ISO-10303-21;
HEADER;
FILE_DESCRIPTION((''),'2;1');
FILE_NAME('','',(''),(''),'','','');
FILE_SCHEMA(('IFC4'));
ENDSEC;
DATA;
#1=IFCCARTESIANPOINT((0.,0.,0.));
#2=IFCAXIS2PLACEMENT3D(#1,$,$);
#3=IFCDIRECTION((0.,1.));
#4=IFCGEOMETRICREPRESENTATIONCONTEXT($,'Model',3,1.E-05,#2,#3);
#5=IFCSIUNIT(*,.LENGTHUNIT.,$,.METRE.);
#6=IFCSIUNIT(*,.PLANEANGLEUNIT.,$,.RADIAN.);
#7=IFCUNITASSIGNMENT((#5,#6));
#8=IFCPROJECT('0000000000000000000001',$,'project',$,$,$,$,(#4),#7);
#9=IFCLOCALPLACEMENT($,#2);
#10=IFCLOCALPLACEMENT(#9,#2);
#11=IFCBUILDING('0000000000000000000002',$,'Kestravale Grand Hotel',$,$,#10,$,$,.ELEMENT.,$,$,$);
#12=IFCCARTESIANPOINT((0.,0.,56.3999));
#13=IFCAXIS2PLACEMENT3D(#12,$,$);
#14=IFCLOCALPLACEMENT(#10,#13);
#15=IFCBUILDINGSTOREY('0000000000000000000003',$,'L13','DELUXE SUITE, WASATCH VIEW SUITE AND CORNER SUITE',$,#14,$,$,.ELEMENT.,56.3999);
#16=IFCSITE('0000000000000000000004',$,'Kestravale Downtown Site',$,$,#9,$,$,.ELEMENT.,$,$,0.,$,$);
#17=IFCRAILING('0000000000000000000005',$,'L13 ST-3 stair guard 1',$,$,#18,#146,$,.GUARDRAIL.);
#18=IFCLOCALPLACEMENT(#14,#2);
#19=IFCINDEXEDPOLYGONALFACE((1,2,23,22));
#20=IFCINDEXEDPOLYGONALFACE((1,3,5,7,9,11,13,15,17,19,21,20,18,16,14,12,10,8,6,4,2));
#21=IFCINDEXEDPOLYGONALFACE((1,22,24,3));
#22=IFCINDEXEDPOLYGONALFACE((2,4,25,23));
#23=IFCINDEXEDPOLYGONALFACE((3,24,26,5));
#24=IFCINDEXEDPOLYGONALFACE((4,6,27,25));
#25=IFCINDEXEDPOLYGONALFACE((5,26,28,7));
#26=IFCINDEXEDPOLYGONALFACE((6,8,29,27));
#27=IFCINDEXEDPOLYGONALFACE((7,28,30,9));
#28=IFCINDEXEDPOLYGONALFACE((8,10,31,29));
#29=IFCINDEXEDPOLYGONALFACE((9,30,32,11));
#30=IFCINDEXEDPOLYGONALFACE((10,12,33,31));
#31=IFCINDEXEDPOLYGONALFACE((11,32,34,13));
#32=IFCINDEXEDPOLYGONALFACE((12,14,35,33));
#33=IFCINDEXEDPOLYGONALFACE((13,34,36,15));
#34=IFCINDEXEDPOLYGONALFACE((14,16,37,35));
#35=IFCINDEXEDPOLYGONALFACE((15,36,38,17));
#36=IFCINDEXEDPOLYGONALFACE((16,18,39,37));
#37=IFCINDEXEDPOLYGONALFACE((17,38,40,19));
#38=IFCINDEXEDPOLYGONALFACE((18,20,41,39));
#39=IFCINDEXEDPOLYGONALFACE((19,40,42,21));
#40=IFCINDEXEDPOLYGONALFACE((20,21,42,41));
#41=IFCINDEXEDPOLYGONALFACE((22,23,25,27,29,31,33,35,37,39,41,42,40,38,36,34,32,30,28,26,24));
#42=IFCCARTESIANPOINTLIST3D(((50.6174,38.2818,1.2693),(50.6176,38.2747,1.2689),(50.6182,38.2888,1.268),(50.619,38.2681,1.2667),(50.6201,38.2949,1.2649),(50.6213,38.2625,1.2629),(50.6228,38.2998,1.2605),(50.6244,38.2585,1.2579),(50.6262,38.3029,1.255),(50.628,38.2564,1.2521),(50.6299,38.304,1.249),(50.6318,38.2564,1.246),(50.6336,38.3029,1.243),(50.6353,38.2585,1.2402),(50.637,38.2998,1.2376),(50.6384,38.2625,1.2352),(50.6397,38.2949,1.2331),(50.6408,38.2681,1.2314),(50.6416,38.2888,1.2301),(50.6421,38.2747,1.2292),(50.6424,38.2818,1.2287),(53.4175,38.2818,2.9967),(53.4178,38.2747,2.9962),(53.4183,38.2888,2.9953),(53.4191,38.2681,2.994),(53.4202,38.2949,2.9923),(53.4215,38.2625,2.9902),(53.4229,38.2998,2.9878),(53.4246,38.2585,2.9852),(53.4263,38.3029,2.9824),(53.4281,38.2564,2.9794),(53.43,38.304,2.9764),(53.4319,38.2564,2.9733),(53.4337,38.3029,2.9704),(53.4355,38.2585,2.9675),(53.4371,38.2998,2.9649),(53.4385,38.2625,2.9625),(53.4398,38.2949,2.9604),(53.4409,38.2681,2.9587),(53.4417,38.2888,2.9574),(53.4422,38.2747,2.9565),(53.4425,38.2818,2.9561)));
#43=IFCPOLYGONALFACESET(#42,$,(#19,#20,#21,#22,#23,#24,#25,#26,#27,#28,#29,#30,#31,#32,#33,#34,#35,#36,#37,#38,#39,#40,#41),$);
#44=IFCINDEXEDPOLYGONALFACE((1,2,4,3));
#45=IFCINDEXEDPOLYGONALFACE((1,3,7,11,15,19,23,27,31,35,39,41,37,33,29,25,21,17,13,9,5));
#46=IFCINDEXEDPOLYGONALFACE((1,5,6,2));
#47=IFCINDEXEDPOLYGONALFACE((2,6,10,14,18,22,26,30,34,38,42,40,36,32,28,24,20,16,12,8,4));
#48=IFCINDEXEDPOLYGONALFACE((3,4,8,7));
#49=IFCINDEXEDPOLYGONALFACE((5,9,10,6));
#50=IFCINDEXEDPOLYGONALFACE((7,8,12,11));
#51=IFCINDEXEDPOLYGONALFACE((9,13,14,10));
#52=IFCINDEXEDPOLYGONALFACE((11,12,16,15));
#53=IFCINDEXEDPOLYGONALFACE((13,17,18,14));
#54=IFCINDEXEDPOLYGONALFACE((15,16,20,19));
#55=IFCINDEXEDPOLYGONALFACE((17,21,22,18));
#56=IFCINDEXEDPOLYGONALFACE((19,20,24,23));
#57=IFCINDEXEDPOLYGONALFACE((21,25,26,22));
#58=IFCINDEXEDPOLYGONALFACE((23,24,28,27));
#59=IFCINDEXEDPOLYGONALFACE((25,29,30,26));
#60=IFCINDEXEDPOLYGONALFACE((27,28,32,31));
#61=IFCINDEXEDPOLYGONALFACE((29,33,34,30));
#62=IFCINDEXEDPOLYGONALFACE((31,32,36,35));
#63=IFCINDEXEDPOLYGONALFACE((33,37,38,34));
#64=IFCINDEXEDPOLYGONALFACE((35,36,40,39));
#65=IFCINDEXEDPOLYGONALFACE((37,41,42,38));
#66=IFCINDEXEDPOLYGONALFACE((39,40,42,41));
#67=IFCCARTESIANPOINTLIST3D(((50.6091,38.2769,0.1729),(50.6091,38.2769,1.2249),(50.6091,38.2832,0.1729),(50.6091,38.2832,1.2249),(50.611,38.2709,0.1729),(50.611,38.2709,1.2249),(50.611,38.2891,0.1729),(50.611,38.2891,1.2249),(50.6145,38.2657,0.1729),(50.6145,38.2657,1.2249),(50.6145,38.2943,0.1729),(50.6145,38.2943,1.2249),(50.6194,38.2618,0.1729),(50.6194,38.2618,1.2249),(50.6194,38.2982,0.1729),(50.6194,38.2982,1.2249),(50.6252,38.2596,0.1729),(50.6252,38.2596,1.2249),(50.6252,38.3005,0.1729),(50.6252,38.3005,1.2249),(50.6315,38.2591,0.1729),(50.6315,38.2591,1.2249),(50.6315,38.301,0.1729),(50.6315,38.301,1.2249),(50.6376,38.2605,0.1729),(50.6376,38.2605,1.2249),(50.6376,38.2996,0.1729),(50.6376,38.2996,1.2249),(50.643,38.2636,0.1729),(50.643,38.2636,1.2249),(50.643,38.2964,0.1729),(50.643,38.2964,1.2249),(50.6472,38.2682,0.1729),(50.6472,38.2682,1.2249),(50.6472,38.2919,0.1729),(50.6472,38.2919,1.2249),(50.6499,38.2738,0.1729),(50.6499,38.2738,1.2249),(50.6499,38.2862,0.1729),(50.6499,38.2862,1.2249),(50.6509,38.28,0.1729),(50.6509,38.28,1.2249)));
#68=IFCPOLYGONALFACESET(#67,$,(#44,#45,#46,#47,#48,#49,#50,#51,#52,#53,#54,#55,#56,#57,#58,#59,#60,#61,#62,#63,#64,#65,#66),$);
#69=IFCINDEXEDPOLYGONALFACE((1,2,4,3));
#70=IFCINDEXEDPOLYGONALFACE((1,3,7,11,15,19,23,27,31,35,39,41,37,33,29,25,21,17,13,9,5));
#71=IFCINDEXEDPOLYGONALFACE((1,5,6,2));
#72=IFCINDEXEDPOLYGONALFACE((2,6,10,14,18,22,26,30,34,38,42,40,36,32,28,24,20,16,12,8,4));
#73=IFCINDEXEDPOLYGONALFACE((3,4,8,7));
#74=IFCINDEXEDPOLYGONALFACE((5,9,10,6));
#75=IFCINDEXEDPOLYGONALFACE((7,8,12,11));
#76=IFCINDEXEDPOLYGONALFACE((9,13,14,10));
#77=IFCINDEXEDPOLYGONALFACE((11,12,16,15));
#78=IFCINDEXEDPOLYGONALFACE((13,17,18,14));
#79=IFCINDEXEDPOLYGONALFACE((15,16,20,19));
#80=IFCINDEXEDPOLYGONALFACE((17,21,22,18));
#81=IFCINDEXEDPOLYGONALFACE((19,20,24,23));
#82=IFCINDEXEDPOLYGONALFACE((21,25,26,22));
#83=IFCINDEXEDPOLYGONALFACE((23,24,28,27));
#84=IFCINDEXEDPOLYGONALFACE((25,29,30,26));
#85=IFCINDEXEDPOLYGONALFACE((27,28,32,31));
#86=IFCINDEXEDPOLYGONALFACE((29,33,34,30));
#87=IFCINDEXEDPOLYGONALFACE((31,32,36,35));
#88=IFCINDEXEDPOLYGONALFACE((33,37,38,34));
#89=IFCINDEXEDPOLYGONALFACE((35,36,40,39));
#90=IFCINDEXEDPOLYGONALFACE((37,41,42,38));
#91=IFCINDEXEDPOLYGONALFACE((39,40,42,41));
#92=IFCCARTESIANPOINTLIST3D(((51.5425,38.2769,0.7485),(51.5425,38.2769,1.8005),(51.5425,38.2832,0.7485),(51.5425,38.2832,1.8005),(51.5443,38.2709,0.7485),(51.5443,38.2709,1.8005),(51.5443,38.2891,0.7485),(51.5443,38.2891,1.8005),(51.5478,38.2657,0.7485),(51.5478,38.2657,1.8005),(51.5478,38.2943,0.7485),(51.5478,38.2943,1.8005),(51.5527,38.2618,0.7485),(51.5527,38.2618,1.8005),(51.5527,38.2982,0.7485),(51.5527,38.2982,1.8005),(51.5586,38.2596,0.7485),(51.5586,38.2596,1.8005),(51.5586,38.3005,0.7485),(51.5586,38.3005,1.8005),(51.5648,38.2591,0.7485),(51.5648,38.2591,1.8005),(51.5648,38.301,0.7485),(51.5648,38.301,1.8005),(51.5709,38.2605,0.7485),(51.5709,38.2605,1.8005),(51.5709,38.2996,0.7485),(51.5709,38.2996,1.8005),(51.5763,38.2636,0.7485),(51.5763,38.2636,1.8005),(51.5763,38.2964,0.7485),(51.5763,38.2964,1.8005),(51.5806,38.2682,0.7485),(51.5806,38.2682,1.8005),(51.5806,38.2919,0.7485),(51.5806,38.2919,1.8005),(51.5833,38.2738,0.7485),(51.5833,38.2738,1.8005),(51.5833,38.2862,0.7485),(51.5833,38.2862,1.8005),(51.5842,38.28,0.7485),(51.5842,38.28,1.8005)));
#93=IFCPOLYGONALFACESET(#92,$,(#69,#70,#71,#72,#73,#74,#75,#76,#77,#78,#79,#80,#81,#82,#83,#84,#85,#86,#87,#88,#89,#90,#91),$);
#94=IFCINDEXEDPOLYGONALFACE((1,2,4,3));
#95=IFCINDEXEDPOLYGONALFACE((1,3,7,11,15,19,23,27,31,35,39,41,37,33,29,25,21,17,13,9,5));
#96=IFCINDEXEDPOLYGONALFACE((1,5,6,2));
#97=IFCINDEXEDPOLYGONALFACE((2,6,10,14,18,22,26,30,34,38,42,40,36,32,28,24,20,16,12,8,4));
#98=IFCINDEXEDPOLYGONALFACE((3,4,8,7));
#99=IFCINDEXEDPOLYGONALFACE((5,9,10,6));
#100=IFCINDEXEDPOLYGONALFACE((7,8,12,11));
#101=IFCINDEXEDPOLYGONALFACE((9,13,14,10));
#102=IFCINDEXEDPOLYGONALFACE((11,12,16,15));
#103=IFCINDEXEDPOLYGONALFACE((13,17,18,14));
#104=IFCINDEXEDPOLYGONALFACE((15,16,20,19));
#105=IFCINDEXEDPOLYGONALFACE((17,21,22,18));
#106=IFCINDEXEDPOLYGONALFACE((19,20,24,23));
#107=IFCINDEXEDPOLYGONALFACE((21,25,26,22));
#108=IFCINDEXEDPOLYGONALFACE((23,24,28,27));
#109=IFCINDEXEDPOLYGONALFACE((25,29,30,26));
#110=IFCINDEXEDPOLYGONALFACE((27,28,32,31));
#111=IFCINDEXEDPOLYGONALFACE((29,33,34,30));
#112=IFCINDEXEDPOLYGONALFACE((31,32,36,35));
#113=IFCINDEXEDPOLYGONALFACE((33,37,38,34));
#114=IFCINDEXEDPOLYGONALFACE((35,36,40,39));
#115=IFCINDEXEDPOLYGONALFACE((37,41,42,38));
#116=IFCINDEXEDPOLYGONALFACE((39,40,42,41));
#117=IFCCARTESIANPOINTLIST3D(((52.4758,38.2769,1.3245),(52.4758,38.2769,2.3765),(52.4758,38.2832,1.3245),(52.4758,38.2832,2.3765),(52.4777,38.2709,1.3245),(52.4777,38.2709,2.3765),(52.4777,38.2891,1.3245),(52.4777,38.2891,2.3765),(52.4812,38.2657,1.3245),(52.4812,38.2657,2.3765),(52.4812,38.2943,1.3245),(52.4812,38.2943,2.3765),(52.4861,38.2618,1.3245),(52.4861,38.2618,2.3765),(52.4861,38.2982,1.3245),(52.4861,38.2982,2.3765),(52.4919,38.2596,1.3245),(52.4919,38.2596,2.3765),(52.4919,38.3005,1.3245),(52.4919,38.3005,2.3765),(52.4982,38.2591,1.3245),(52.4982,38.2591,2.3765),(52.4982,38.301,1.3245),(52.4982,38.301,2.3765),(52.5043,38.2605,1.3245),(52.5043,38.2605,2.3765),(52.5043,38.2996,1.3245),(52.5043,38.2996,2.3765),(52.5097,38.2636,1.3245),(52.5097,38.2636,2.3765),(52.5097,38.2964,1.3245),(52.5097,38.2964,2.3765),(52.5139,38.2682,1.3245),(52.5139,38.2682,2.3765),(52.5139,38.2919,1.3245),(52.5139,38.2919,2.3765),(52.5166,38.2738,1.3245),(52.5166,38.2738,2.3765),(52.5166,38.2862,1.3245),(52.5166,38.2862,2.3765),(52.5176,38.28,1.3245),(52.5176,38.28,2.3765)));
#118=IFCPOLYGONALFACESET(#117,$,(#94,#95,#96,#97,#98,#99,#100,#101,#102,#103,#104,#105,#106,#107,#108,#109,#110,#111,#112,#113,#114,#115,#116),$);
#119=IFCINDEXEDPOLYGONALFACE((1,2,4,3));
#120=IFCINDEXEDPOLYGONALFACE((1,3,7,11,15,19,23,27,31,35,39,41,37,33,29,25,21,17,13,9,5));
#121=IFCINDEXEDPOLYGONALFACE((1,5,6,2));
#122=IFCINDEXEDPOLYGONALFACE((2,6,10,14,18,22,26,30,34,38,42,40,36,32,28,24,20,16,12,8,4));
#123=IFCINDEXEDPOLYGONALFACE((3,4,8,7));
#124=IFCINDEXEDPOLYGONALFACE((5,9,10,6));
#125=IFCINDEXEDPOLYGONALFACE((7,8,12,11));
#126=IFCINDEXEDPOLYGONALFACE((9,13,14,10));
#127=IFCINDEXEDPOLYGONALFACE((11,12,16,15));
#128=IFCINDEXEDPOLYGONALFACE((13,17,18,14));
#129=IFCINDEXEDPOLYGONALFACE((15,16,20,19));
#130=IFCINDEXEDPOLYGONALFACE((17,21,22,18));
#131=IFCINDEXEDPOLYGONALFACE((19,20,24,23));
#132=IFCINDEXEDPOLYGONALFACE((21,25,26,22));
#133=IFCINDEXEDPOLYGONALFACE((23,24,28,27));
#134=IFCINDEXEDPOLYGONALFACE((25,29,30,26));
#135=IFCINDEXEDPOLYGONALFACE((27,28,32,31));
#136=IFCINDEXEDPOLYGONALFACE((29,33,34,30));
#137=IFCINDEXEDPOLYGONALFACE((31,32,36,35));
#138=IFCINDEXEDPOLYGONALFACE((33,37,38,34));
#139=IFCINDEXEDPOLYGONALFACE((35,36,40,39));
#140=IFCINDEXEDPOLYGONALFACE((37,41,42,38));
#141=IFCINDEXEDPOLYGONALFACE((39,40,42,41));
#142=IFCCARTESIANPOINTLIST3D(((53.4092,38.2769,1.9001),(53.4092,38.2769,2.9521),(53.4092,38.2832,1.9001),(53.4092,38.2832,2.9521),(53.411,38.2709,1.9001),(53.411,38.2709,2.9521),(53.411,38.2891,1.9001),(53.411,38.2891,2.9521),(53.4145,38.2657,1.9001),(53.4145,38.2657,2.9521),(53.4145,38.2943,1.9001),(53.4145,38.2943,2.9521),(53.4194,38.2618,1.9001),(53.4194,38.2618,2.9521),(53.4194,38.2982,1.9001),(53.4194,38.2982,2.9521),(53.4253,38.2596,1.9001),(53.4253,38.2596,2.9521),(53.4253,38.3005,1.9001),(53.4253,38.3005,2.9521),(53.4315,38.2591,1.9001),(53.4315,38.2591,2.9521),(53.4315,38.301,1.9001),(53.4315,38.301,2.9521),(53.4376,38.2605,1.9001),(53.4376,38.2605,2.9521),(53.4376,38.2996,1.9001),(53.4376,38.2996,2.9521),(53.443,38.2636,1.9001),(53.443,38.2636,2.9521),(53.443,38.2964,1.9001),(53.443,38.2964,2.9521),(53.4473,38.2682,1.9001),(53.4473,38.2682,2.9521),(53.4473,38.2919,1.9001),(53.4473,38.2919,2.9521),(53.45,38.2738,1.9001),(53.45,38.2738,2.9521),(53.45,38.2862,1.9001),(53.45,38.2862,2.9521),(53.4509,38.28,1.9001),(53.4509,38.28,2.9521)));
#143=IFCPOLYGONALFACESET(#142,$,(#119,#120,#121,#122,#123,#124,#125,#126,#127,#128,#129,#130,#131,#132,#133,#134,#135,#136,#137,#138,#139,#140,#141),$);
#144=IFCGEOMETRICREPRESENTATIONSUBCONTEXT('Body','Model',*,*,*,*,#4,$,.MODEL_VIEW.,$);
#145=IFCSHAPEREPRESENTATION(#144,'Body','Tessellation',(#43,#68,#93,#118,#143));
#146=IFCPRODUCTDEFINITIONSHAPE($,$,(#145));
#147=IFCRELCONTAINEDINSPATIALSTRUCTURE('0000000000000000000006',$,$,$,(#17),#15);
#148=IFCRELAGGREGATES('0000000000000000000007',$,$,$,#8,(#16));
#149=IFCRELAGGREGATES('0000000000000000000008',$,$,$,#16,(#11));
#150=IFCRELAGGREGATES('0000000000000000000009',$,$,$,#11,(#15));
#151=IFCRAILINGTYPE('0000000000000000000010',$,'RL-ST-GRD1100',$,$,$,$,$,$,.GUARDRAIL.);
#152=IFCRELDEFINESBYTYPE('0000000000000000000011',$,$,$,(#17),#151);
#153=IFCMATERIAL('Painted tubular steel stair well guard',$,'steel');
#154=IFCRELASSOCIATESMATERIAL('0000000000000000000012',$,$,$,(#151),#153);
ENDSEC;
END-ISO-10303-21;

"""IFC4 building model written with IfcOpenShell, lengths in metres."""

from ifc_helpers import new_model, si_unit, direction, frame, origin, origin_2d, place, context, subcontext, project, spatial, circle, extrude, material, type_object, element, save


model = new_model("IFC4")

# Units and contexts
model_context = context("Model", 3, precision=1e-05, world=origin(), true_north=direction((0.0, 1.0)))
body_context = subcontext(model_context, "Body", "Model", "MODEL_VIEW")
ifc_project = project(units=[si_unit("LENGTHUNIT", "METRE"), si_unit("PLANEANGLEUNIT", "RADIAN")], contexts=[model_context])

# Site, building, storey
site_placement = place(None, origin())
site = spatial("IfcSite", under=ifc_project, at=site_placement, Name="Kestravale Downtown Site", CompositionType="ELEMENT", RefElevation=0.0)
building_placement = place(site_placement, origin())
building = spatial("IfcBuilding", under=site, at=building_placement, Name="Kestravale Grand Hotel", CompositionType="ELEMENT")
storey_placement = place(building_placement, frame((0.0, 0.0, 56.3999)))
storey = spatial("IfcBuildingStorey", under=building, at=storey_placement, Name="L13", Description="DELUXE SUITE, WASATCH VIEW SUITE AND CORNER SUITE", CompositionType="ELEMENT", Elevation=56.3999)

# Railing
ifc_material_1 = material(Name="Painted tubular steel stair well guard", Category="steel")
railing_type_1 = type_object("IfcRailingType", Name="RL-ST-GRD1100", PredefinedType="GUARDRAIL", material=ifc_material_1)
railing_1_placement = place(storey_placement, frame((50.6299, 38.28, 0.1729)))
element("IfcRailing", 1, at=railing_1_placement, inside=storey, type_object=railing_type_1, Name="L13 ST-3 stair guard 1", PredefinedType="GUARDRAIL", context=body_context, shape_type="SweptSolid", body=[
    extrude(circle(Radius=0.0239, at=origin_2d()), frame((0.0, 0.0, 1.0762), z_axis=(0.85109, 0.0, 0.52502), x_axis=(0.0, 1.0, 0.0)), (0.0, 0.0, 1.0), 3.29),
    extrude(circle(Radius=0.021, at=origin_2d()), origin(), (0.0, 0.0, 1.0), 1.052),
    extrude(circle(Radius=0.021, at=origin_2d()), frame((0.9333, 0.0, 0.5757)), (0.0, 0.0, 1.0), 1.052),
    extrude(circle(Radius=0.021, at=origin_2d()), frame((1.8667, 0.0, 1.1516)), (0.0, 0.0, 1.0), 1.052),
    extrude(circle(Radius=0.021, at=origin_2d()), frame((2.8, 0.0, 1.7273)), (0.0, 0.0, 1.0), 1.052),
])

save(model, "model.ifc")
